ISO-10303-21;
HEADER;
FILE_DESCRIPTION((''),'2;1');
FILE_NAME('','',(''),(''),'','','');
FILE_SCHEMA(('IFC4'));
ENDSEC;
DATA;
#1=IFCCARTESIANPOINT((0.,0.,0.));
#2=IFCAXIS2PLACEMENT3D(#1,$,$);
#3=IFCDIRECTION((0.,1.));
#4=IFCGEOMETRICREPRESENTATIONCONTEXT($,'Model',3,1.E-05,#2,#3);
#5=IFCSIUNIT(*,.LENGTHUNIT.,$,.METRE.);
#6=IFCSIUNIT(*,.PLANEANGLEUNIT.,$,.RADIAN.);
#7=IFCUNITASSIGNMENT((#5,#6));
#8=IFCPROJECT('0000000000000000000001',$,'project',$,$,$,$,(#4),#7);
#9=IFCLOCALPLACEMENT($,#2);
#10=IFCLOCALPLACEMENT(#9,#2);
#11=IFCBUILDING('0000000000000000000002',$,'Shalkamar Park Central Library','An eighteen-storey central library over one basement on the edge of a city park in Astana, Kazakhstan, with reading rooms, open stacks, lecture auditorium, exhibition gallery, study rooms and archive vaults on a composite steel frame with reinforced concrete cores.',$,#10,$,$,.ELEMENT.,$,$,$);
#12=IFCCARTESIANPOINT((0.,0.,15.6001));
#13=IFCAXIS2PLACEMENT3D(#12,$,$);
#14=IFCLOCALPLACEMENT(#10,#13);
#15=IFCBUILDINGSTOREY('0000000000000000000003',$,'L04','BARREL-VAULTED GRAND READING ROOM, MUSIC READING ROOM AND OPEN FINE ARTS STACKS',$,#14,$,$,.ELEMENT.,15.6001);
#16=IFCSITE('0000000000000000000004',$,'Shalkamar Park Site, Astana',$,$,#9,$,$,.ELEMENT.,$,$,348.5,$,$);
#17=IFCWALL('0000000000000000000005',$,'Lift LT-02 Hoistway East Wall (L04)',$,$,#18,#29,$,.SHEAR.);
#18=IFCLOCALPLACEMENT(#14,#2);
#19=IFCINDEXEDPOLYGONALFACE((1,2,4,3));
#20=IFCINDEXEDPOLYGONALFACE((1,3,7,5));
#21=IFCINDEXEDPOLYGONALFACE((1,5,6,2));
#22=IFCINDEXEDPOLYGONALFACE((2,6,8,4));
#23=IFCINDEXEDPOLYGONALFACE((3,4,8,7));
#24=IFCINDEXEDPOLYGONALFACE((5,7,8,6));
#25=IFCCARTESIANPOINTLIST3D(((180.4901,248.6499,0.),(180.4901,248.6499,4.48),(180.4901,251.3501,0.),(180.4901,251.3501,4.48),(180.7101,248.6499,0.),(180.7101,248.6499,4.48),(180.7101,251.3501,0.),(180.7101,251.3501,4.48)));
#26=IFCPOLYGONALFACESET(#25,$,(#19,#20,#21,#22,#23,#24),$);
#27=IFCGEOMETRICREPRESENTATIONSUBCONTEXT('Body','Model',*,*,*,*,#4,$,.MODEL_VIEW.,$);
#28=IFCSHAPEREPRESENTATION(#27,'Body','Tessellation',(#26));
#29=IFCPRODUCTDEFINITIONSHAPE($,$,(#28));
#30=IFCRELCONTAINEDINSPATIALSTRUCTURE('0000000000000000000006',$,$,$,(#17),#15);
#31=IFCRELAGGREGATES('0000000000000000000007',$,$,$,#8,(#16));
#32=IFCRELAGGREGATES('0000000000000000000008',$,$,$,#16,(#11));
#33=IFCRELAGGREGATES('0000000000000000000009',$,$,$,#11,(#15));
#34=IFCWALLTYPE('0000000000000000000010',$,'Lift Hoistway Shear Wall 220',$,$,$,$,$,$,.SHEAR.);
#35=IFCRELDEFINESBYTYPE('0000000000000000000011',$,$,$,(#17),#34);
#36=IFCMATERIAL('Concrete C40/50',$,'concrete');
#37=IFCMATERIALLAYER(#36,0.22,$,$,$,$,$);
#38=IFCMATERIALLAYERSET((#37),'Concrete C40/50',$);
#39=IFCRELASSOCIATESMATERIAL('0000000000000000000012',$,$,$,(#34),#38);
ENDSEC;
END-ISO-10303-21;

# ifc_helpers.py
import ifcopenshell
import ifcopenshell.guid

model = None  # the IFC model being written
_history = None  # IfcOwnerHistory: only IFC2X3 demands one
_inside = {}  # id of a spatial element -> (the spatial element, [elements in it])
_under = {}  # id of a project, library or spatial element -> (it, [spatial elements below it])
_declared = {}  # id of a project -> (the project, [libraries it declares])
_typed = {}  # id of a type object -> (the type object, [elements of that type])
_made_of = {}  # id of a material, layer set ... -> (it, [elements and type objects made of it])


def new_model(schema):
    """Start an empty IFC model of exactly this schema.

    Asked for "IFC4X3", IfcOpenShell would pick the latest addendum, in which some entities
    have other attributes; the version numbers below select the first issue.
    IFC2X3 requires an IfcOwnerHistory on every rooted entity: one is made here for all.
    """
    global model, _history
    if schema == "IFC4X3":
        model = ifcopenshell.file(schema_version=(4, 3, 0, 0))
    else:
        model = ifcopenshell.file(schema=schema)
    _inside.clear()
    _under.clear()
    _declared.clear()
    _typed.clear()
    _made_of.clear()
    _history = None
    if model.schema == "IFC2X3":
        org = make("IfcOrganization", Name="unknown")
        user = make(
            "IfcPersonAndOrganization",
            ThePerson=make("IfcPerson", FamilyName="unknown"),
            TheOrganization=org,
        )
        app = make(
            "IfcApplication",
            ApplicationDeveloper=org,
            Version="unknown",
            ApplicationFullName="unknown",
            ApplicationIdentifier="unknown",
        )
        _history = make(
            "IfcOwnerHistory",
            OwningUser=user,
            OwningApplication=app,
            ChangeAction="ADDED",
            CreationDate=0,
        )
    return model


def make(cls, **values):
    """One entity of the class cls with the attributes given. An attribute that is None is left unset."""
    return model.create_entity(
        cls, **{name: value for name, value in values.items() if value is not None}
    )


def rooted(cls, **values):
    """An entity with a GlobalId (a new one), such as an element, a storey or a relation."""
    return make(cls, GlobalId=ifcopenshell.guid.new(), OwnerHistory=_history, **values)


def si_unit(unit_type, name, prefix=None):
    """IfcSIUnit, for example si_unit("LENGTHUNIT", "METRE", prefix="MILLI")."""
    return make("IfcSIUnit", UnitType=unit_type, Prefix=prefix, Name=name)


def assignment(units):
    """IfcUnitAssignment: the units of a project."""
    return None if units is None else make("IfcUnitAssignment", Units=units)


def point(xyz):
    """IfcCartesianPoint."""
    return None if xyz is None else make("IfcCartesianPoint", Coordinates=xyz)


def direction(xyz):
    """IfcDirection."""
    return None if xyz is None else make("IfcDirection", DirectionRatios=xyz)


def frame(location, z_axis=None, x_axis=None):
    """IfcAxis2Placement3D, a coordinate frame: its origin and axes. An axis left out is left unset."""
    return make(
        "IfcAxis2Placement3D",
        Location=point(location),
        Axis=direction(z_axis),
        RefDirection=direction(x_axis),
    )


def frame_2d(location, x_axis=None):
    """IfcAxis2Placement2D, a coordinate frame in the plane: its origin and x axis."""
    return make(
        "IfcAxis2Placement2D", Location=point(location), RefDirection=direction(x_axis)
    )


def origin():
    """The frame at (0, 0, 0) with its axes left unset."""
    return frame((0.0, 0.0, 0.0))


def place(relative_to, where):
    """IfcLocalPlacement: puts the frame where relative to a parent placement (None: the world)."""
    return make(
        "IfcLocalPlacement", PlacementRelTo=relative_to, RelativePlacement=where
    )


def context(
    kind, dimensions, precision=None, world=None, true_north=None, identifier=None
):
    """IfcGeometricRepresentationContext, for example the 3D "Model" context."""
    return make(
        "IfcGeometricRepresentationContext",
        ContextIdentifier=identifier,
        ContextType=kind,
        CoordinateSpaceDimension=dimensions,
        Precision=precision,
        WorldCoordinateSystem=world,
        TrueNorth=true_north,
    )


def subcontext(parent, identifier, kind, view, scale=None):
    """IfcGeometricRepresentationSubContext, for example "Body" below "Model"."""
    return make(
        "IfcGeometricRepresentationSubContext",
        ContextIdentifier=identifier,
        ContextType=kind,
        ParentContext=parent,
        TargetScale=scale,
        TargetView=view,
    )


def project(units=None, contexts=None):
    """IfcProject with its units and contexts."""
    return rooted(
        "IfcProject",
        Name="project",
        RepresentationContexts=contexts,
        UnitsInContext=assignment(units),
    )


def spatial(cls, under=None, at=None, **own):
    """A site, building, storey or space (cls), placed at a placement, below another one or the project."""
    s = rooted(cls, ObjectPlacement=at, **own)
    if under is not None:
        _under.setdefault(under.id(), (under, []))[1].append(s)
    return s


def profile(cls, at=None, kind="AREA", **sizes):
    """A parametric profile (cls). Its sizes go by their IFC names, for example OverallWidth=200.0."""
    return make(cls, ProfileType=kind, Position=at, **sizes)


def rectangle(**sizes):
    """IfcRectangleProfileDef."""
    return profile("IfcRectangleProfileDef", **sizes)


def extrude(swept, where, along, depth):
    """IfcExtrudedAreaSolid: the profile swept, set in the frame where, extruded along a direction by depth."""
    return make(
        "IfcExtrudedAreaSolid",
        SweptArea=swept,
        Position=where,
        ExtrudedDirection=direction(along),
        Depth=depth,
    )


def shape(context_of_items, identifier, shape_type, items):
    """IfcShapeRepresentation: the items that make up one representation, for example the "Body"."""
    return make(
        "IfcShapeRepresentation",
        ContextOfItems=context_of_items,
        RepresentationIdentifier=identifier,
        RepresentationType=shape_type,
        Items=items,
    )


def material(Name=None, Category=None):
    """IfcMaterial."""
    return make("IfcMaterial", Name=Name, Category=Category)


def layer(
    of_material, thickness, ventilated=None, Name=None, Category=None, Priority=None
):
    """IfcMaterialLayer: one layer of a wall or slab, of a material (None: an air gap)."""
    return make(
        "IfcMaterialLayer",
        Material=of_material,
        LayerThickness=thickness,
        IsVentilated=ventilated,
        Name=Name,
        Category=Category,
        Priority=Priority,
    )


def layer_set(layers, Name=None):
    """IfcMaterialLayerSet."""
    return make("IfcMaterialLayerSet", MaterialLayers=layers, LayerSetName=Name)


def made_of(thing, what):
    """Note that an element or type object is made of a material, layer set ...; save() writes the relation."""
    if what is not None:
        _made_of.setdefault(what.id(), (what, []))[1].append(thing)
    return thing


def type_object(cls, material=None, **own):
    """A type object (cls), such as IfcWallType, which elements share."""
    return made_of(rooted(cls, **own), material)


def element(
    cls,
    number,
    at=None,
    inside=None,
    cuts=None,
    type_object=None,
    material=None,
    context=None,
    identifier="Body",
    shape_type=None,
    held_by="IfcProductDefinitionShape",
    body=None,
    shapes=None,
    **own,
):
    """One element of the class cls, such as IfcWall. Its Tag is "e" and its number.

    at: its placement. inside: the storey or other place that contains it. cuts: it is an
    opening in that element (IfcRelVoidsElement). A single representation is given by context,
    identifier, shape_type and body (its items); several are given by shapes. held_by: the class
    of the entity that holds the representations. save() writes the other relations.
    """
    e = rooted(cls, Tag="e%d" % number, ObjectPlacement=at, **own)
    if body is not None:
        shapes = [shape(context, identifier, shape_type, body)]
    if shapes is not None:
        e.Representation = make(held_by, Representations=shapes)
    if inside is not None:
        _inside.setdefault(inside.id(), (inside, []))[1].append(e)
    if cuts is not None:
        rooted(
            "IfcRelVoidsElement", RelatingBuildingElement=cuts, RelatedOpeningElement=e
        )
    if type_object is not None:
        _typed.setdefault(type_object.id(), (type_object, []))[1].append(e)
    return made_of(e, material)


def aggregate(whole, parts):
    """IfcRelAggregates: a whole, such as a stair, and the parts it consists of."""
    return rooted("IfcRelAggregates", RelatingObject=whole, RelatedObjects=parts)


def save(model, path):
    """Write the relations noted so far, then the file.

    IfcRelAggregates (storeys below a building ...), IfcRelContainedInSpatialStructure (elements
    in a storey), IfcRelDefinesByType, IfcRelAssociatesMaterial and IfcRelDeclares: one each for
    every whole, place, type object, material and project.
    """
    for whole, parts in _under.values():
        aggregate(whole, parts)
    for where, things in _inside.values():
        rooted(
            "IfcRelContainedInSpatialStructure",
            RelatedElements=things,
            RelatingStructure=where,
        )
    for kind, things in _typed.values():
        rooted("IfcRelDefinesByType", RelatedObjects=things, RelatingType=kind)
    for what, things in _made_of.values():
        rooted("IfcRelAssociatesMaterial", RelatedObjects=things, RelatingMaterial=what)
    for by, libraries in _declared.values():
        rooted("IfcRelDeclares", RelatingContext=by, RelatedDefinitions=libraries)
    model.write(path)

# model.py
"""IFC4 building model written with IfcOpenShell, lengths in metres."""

from ifc_helpers import new_model, si_unit, direction, frame, frame_2d, origin, place, context, subcontext, project, spatial, rectangle, extrude, material, layer, layer_set, type_object, element, save


model = new_model("IFC4")

# Units and contexts
model_context = context("Model", 3, precision=1e-05, world=origin(), true_north=direction((0.0, 1.0)))
body_context = subcontext(model_context, "Body", "Model", "MODEL_VIEW")
ifc_project = project(units=[si_unit("LENGTHUNIT", "METRE"), si_unit("PLANEANGLEUNIT", "RADIAN")], contexts=[model_context])

# Site, building, storey
site_placement = place(None, origin())
site = spatial("IfcSite", under=ifc_project, at=site_placement, Name="Shalkamar Park Site, Astana", CompositionType="ELEMENT", RefElevation=348.5)
building_placement = place(site_placement, origin())
building = spatial("IfcBuilding", under=site, at=building_placement, Name="Shalkamar Park Central Library", Description="An eighteen-storey central library over one basement on the edge of a city park in Astana, Kazakhstan, with reading rooms, open stacks, lecture auditorium, exhibition gallery, study rooms and archive vaults on a composite steel frame with reinforced concrete cores.", CompositionType="ELEMENT")
storey_placement = place(building_placement, frame((0.0, 0.0, 15.6001)))
storey = spatial("IfcBuildingStorey", under=building, at=storey_placement, Name="L04", Description="BARREL-VAULTED GRAND READING ROOM, MUSIC READING ROOM AND OPEN FINE ARTS STACKS", CompositionType="ELEMENT", Elevation=15.6001)

# Shared definitions
ifc_material_1 = material(Name="Concrete C40/50", Category="concrete")
ifc_layer_1 = layer(ifc_material_1, 0.22)
ifc_layer_set_1 = layer_set([ifc_layer_1], Name="Concrete C40/50")
wall_type_1 = type_object("IfcWallType", Name="Lift Hoistway Shear Wall 220", PredefinedType="SHEAR", material=ifc_layer_set_1)

# Wall
for number, where, z_axis, x_axis, name in (
    (1, (180.6001, 248.6499, 0.0), (0.0, 0.0, 1.0), (0.0, 1.0, 0.0), "Lift LT-02 Hoistway East Wall (L04)"),
):
    element("IfcWall", number, at=place(storey_placement, frame(where, z_axis=z_axis, x_axis=x_axis)), inside=storey, type_object=wall_type_1, Name=name, PredefinedType="SHEAR", context=body_context, shape_type="SweptSolid", body=[
        extrude(rectangle(XDim=2.7002, YDim=0.22, at=frame_2d((1.3501, 0.0))), origin(), (0.0, 0.0, 1.0), 4.48),
    ])

save(model, "model.ifc")
